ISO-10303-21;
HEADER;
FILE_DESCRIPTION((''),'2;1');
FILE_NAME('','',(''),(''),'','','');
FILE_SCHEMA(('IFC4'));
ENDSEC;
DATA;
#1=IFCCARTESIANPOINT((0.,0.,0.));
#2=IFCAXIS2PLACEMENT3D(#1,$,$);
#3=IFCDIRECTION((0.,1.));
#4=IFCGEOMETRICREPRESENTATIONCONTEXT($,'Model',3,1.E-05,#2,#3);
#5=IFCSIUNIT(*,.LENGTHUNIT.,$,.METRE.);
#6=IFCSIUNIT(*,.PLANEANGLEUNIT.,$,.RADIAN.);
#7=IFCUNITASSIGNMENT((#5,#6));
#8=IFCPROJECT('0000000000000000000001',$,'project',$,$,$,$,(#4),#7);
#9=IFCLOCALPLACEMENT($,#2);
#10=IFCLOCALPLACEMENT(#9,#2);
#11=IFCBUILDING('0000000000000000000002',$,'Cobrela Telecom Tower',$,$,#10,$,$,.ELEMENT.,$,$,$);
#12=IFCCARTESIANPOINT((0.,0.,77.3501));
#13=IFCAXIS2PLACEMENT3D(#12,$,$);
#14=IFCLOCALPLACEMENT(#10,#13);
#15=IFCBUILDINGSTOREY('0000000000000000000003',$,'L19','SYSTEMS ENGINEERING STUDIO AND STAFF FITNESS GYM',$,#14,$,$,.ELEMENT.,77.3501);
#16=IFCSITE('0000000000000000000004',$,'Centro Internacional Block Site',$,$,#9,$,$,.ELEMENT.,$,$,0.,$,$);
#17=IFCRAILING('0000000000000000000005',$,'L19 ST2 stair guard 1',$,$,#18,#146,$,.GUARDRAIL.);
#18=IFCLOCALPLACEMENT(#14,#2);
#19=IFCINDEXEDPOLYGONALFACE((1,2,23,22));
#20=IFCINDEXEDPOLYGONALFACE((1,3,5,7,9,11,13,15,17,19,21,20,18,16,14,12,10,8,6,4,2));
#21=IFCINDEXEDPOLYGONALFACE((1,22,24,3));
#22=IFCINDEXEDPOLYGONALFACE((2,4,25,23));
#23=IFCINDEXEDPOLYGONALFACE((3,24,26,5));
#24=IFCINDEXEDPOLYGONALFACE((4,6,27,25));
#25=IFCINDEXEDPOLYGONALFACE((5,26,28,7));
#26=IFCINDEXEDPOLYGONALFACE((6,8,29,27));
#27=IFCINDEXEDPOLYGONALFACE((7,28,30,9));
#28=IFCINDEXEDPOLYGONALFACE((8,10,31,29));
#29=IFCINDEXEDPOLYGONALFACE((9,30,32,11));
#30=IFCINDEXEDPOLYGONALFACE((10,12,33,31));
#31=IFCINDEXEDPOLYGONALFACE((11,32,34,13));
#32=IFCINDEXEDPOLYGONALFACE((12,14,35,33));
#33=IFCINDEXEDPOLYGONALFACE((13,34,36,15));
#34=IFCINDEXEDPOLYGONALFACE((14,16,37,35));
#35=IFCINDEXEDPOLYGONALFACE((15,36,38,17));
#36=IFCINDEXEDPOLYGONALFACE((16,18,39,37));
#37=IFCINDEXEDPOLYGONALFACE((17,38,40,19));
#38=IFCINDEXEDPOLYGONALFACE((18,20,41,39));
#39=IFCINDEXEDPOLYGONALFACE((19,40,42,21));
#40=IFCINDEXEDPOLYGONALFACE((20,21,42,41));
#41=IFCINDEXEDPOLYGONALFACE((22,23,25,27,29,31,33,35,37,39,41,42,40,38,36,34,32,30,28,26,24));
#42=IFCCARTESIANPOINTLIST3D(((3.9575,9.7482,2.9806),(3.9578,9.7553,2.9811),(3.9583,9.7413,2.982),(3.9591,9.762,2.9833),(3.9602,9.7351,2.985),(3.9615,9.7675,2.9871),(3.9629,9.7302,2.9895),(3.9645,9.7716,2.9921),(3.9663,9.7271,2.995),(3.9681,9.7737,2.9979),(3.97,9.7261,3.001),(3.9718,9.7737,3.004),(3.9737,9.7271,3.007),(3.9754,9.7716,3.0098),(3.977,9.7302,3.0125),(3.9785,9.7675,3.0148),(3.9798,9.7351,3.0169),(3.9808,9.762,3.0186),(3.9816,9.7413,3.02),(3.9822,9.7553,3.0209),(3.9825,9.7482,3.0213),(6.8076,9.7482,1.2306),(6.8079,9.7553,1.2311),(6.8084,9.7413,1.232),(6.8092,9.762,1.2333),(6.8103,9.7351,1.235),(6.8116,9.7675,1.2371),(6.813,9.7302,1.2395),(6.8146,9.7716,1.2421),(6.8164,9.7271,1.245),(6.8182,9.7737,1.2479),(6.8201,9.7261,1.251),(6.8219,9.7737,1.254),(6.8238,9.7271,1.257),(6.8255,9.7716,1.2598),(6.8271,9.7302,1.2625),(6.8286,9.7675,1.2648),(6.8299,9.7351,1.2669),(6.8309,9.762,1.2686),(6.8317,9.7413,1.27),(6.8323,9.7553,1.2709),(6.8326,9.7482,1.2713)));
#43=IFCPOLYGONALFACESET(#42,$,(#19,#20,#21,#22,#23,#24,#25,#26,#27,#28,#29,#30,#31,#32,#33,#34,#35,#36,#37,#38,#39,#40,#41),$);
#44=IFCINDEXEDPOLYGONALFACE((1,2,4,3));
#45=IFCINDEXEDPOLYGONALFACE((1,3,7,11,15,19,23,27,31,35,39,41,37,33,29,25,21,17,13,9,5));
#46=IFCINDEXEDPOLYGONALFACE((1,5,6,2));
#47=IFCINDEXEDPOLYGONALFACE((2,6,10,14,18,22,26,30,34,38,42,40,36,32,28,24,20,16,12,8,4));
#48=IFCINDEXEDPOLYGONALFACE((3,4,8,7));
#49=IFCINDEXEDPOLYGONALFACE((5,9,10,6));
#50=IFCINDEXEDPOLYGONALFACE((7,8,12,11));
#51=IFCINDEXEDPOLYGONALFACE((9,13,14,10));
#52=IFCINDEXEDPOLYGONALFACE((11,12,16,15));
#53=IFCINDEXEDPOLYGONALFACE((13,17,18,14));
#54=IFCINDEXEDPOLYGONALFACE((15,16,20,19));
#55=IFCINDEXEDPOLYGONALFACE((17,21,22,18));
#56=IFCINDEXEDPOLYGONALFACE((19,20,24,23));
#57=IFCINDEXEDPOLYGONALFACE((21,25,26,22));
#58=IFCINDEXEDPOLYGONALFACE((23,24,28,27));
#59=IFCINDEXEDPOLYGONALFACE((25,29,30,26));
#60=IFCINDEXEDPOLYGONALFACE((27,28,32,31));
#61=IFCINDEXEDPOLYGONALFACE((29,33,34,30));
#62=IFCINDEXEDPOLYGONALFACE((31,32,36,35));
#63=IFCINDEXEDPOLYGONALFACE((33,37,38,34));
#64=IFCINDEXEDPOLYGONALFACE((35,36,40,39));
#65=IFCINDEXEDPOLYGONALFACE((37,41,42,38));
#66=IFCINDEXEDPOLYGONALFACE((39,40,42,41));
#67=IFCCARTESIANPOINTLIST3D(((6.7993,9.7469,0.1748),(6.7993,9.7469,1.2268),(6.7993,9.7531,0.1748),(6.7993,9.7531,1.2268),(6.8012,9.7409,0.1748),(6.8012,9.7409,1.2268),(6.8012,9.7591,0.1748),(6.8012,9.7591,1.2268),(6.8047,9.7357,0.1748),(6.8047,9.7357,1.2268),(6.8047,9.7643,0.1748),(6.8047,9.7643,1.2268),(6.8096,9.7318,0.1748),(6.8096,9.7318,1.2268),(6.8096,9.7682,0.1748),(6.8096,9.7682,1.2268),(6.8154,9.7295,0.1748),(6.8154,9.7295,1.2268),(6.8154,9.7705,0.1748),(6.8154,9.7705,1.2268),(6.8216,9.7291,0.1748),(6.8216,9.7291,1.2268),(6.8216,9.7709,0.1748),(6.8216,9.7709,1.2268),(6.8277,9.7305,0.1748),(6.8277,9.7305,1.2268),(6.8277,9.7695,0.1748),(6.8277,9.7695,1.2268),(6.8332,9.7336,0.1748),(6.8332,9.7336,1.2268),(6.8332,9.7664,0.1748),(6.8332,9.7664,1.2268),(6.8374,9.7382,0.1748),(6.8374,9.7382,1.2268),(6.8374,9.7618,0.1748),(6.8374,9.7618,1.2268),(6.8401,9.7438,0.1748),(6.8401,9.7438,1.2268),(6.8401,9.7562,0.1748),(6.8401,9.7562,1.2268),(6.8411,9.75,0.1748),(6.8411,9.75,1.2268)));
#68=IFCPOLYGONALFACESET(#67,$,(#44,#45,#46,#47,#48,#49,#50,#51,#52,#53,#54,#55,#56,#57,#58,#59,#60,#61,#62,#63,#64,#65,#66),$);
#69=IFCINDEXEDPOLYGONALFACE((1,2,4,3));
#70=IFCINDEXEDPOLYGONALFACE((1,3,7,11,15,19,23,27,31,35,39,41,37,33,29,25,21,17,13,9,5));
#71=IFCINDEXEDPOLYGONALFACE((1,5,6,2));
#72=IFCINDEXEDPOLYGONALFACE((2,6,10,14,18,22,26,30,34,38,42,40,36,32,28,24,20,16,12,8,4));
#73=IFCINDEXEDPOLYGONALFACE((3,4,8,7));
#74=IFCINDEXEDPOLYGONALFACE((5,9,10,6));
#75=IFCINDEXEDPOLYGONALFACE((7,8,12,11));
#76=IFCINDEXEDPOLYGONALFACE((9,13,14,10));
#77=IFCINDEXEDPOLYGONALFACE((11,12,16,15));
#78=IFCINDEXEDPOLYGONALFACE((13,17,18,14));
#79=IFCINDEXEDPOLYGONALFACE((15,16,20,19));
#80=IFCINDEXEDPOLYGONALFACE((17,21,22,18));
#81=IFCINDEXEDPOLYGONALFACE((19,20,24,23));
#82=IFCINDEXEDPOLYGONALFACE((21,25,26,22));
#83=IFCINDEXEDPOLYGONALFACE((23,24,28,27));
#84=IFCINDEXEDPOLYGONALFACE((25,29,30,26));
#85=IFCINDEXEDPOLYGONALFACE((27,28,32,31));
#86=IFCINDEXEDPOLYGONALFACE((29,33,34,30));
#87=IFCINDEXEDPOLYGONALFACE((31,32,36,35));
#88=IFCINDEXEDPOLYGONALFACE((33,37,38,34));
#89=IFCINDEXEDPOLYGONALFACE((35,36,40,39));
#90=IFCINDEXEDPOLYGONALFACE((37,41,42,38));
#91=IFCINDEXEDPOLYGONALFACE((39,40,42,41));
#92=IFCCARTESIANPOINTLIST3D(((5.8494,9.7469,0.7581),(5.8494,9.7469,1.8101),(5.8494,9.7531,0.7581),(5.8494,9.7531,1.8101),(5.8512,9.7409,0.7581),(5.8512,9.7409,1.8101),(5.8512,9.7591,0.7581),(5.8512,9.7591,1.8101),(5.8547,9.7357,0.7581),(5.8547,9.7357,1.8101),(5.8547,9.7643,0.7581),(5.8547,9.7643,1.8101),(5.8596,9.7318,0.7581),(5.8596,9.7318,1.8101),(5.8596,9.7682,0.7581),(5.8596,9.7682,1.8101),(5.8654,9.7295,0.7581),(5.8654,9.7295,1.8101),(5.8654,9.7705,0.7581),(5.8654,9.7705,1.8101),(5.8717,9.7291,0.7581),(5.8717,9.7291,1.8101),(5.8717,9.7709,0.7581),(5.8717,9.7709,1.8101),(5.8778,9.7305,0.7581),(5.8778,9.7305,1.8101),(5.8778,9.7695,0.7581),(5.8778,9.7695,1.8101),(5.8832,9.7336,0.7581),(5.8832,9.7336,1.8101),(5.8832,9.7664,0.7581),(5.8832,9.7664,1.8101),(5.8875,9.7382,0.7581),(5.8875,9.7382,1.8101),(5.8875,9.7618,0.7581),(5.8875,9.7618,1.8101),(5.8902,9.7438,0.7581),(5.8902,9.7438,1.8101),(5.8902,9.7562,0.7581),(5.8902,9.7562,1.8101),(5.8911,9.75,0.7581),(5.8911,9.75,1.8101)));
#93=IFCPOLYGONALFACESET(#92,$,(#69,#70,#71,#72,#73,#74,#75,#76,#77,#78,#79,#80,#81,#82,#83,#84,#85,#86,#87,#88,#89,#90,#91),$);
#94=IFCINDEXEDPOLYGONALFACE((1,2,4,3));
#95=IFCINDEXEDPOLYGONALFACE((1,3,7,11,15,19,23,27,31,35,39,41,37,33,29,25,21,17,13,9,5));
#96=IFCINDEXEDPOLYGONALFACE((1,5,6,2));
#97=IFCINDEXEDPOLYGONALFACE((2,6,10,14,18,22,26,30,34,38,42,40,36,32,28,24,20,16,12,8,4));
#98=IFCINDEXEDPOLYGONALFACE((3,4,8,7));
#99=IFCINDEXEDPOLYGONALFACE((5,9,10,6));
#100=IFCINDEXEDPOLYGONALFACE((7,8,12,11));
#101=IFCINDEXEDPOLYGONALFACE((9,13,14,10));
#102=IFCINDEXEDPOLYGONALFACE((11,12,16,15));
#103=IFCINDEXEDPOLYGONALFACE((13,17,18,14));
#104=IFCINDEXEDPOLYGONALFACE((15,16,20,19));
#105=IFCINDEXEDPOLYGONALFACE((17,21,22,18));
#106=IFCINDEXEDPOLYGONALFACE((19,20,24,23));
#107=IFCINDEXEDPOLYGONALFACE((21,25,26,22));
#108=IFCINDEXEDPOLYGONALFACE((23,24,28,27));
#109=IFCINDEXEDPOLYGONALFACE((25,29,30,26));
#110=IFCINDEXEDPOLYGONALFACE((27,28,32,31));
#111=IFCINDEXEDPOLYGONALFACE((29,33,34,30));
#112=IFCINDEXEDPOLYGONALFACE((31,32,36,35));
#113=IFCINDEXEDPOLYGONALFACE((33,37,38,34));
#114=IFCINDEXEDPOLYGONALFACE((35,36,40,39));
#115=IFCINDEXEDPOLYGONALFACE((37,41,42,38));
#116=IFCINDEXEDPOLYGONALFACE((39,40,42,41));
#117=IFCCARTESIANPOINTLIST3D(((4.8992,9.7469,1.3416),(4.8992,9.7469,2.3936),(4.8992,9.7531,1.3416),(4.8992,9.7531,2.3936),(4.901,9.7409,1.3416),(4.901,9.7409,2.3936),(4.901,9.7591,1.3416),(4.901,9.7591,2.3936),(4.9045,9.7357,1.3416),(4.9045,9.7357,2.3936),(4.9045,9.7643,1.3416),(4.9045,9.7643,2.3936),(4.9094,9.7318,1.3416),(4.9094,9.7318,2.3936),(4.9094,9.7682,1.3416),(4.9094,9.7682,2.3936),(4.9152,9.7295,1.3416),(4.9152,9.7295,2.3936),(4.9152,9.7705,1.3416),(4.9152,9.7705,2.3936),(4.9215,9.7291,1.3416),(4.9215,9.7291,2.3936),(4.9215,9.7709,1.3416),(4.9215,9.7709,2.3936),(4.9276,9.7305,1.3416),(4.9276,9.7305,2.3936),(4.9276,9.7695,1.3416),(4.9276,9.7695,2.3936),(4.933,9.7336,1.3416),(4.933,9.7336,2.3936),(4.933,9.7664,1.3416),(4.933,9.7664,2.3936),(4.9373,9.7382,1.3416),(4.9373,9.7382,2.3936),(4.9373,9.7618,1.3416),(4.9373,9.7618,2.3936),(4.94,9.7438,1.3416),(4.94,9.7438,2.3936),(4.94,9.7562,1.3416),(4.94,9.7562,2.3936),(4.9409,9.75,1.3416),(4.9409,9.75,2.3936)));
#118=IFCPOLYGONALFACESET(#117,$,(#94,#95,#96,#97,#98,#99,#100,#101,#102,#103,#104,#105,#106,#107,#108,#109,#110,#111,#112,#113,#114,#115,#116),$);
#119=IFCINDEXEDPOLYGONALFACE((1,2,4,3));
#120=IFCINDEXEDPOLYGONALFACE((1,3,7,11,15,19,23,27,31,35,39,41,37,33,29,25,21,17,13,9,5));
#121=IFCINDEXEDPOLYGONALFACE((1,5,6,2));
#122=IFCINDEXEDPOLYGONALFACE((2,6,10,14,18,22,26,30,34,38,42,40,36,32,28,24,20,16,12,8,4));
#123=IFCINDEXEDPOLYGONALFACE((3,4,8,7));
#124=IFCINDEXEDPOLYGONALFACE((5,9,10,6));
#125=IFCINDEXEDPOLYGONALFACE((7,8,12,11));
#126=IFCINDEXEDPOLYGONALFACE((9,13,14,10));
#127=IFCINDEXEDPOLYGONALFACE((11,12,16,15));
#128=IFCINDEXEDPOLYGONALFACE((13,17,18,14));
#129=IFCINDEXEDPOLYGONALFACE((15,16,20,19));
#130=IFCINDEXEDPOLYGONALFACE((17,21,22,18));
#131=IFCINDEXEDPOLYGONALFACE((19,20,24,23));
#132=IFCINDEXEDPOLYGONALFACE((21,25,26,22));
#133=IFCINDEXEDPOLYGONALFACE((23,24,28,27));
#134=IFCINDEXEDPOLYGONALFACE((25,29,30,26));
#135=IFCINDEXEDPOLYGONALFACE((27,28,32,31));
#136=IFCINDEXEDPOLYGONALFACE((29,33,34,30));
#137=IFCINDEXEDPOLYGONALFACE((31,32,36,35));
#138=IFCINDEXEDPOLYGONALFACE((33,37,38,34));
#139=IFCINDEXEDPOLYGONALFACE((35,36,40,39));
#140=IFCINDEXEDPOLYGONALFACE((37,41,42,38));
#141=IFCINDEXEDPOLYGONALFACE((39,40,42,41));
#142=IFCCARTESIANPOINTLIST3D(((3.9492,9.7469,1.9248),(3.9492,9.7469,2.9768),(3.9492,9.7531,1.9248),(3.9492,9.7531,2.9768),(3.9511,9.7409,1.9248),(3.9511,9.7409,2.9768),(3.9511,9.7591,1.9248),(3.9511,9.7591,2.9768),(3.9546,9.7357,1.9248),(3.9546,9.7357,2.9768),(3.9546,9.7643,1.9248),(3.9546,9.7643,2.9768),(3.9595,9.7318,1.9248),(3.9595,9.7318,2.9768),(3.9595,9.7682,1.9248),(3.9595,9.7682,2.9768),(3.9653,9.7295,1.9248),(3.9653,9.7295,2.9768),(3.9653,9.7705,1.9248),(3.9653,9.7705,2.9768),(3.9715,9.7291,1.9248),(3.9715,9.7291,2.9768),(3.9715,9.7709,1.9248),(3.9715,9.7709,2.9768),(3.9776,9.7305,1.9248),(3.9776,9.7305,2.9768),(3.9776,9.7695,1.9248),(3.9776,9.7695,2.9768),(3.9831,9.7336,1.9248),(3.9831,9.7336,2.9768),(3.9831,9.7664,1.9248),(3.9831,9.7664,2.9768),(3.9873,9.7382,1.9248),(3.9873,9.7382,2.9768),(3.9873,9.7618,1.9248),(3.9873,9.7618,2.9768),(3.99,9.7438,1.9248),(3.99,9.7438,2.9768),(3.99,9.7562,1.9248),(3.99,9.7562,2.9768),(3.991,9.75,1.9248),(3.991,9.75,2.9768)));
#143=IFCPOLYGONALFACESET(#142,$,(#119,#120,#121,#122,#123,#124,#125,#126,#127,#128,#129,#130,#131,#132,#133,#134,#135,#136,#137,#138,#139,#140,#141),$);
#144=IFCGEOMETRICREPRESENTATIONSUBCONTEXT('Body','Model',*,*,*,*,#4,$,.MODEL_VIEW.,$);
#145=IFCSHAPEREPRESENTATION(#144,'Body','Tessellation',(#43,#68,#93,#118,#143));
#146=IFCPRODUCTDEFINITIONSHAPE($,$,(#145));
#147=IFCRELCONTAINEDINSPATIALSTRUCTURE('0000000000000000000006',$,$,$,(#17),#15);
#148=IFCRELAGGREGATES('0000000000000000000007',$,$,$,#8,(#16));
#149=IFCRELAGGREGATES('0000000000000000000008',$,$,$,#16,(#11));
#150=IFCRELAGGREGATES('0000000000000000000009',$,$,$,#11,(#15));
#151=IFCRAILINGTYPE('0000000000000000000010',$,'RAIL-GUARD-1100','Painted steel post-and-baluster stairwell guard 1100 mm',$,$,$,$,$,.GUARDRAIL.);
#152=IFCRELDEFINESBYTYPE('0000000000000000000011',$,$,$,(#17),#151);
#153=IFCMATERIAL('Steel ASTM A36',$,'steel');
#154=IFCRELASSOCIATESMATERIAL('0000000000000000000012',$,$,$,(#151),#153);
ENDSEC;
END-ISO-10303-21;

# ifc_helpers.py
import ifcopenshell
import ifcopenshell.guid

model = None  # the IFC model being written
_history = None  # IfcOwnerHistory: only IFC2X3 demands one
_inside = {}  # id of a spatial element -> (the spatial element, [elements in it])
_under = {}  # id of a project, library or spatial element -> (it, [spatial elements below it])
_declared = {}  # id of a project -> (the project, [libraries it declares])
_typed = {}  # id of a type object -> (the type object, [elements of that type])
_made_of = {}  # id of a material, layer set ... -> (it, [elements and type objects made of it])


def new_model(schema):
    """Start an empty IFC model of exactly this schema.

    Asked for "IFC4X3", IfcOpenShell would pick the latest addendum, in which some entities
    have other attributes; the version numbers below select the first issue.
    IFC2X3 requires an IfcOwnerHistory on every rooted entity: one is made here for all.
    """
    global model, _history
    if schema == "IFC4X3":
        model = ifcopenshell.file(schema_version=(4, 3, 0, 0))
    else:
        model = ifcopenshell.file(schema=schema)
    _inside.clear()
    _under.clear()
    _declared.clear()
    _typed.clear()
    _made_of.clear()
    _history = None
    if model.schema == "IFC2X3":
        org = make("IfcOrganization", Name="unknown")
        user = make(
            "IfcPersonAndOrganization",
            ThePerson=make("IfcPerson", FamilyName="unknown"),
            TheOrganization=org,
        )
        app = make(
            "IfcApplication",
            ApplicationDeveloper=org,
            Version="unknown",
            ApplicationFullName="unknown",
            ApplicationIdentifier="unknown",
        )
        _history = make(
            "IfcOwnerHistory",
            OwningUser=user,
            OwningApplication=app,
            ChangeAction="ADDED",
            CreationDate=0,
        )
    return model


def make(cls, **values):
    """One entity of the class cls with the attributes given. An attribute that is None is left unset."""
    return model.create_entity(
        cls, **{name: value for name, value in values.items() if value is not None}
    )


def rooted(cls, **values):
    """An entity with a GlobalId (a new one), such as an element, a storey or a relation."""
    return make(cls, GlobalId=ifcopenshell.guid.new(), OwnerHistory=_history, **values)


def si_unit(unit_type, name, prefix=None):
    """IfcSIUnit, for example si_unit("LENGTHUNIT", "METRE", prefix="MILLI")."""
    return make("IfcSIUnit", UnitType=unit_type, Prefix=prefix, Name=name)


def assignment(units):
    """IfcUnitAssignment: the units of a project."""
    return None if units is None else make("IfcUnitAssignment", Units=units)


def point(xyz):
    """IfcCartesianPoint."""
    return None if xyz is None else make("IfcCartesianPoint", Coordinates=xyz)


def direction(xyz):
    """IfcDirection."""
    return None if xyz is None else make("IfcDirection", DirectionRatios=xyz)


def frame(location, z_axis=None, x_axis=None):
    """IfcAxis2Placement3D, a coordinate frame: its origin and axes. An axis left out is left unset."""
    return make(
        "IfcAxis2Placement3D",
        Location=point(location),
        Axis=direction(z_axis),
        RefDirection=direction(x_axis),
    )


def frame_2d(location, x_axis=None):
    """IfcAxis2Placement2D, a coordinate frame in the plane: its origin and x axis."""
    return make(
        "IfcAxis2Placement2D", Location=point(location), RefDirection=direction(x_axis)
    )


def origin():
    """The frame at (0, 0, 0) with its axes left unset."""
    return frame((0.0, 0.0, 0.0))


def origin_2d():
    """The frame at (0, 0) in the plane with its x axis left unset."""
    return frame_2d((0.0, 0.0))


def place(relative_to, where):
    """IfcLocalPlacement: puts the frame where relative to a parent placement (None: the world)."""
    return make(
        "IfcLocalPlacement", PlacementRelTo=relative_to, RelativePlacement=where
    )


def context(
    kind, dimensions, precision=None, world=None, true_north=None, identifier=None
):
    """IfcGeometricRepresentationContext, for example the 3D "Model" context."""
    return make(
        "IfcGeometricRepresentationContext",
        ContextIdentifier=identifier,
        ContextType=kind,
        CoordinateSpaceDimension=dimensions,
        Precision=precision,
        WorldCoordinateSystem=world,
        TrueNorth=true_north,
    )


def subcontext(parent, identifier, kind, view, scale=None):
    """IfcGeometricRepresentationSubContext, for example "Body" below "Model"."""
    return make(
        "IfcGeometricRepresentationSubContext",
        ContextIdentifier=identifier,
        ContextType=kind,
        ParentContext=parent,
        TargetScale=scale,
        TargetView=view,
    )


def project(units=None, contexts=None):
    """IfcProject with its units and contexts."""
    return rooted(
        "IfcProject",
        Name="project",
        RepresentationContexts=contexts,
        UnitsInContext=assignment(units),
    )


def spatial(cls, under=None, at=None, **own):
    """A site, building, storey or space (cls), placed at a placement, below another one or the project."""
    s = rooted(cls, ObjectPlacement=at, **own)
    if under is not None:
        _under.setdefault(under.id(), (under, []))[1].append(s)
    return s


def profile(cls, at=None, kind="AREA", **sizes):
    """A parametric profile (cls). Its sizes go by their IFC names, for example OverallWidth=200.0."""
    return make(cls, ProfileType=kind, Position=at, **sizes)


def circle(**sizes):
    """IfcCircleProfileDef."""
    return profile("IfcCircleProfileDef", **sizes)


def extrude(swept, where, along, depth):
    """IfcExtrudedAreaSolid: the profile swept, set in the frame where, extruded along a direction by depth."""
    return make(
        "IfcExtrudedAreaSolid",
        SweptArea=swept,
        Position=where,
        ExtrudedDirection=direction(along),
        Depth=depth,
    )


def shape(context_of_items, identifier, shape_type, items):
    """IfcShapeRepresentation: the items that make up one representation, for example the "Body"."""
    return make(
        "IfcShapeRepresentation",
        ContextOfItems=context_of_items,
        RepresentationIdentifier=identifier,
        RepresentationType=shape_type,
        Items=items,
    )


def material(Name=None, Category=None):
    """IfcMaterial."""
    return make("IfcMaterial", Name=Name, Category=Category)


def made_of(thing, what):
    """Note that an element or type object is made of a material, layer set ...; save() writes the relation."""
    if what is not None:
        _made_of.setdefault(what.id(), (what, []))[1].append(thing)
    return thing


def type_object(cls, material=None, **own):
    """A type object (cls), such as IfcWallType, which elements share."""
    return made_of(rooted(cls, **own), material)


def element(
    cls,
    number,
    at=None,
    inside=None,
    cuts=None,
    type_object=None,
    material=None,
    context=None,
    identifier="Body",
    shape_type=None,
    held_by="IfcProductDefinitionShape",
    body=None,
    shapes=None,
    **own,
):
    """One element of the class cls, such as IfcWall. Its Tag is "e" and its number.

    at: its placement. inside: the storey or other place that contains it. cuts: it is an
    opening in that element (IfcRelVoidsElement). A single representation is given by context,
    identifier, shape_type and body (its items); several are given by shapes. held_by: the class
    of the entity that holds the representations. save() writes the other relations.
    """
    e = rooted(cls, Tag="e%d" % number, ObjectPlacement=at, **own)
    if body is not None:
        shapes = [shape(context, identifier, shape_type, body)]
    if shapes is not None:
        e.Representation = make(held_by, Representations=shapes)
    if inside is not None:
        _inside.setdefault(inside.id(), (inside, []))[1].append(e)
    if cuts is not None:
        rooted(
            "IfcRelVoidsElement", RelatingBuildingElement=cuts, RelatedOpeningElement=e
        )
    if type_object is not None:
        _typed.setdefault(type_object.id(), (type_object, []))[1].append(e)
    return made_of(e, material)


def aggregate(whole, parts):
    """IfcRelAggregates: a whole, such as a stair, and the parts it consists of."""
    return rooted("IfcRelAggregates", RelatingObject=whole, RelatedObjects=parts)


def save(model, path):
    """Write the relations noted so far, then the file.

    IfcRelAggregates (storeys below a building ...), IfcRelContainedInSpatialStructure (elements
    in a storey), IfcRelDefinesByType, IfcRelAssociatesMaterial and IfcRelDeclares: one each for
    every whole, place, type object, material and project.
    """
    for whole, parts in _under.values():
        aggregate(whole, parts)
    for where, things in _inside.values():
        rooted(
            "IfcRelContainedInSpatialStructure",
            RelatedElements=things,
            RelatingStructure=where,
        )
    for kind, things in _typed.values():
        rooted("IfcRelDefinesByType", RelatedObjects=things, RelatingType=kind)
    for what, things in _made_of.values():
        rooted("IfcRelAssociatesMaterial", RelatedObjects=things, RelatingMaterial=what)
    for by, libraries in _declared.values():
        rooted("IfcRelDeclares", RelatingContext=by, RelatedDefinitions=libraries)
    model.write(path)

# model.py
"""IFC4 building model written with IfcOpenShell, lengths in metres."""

from ifc_helpers import new_model, si_unit, direction, frame, origin, origin_2d, place, context, subcontext, project, spatial, circle, extrude, material, type_object, element, save


model = new_model("IFC4")

# Units and contexts
model_context = context("Model", 3, precision=1e-05, world=origin(), true_north=direction((0.0, 1.0)))
body_context = subcontext(model_context, "Body", "Model", "MODEL_VIEW")
ifc_project = project(units=[si_unit("LENGTHUNIT", "METRE"), si_unit("PLANEANGLEUNIT", "RADIAN")], contexts=[model_context])

# Site, building, storey
site_placement = place(None, origin())
site = spatial("IfcSite", under=ifc_project, at=site_placement, Name="Centro Internacional Block Site", CompositionType="ELEMENT", RefElevation=0.0)
building_placement = place(site_placement, origin())
building = spatial("IfcBuilding", under=site, at=building_placement, Name="Cobrela Telecom Tower", CompositionType="ELEMENT")
storey_placement = place(building_placement, frame((0.0, 0.0, 77.3501)))
storey = spatial("IfcBuildingStorey", under=building, at=storey_placement, Name="L19", Description="SYSTEMS ENGINEERING STUDIO AND STAFF FITNESS GYM", CompositionType="ELEMENT", Elevation=77.3501)

# Railing
ifc_material_1 = material(Name="Steel ASTM A36", Category="steel")
railing_type_1 = type_object("IfcRailingType", Name="RAIL-GUARD-1100", Description="Painted steel post-and-baluster stairwell guard 1100 mm", PredefinedType="GUARDRAIL", material=ifc_material_1)
railing_1_placement = place(storey_placement, frame((6.8201, 9.75, 0.1748)))
element("IfcRailing", 1, at=railing_1_placement, inside=storey, type_object=railing_type_1, Name="L19 ST2 stair guard 1", PredefinedType="GUARDRAIL", context=body_context, shape_type="SweptSolid", body=[
    extrude(circle(Radius=0.0239, at=origin_2d()), frame((0.0, 0.0, 1.0762), z_axis=(-0.852179, 0.0, 0.52325), x_axis=(0.0, -1.0, 0.0)), (0.0, 0.0, 1.0), 3.3445),
    extrude(circle(Radius=0.021, at=origin_2d()), origin(), (0.0, 0.0, 1.0), 1.052),
    extrude(circle(Radius=0.021, at=origin_2d()), frame((-0.95, 0.0, 0.5833)), (0.0, 0.0, 1.0), 1.052),
    extrude(circle(Radius=0.021, at=origin_2d()), frame((-1.9001, 0.0, 1.1667)), (0.0, 0.0, 1.0), 1.052),
    extrude(circle(Radius=0.021, at=origin_2d()), frame((-2.8501, 0.0, 1.75)), (0.0, 0.0, 1.0), 1.052),
])

save(model, "model.ifc")
